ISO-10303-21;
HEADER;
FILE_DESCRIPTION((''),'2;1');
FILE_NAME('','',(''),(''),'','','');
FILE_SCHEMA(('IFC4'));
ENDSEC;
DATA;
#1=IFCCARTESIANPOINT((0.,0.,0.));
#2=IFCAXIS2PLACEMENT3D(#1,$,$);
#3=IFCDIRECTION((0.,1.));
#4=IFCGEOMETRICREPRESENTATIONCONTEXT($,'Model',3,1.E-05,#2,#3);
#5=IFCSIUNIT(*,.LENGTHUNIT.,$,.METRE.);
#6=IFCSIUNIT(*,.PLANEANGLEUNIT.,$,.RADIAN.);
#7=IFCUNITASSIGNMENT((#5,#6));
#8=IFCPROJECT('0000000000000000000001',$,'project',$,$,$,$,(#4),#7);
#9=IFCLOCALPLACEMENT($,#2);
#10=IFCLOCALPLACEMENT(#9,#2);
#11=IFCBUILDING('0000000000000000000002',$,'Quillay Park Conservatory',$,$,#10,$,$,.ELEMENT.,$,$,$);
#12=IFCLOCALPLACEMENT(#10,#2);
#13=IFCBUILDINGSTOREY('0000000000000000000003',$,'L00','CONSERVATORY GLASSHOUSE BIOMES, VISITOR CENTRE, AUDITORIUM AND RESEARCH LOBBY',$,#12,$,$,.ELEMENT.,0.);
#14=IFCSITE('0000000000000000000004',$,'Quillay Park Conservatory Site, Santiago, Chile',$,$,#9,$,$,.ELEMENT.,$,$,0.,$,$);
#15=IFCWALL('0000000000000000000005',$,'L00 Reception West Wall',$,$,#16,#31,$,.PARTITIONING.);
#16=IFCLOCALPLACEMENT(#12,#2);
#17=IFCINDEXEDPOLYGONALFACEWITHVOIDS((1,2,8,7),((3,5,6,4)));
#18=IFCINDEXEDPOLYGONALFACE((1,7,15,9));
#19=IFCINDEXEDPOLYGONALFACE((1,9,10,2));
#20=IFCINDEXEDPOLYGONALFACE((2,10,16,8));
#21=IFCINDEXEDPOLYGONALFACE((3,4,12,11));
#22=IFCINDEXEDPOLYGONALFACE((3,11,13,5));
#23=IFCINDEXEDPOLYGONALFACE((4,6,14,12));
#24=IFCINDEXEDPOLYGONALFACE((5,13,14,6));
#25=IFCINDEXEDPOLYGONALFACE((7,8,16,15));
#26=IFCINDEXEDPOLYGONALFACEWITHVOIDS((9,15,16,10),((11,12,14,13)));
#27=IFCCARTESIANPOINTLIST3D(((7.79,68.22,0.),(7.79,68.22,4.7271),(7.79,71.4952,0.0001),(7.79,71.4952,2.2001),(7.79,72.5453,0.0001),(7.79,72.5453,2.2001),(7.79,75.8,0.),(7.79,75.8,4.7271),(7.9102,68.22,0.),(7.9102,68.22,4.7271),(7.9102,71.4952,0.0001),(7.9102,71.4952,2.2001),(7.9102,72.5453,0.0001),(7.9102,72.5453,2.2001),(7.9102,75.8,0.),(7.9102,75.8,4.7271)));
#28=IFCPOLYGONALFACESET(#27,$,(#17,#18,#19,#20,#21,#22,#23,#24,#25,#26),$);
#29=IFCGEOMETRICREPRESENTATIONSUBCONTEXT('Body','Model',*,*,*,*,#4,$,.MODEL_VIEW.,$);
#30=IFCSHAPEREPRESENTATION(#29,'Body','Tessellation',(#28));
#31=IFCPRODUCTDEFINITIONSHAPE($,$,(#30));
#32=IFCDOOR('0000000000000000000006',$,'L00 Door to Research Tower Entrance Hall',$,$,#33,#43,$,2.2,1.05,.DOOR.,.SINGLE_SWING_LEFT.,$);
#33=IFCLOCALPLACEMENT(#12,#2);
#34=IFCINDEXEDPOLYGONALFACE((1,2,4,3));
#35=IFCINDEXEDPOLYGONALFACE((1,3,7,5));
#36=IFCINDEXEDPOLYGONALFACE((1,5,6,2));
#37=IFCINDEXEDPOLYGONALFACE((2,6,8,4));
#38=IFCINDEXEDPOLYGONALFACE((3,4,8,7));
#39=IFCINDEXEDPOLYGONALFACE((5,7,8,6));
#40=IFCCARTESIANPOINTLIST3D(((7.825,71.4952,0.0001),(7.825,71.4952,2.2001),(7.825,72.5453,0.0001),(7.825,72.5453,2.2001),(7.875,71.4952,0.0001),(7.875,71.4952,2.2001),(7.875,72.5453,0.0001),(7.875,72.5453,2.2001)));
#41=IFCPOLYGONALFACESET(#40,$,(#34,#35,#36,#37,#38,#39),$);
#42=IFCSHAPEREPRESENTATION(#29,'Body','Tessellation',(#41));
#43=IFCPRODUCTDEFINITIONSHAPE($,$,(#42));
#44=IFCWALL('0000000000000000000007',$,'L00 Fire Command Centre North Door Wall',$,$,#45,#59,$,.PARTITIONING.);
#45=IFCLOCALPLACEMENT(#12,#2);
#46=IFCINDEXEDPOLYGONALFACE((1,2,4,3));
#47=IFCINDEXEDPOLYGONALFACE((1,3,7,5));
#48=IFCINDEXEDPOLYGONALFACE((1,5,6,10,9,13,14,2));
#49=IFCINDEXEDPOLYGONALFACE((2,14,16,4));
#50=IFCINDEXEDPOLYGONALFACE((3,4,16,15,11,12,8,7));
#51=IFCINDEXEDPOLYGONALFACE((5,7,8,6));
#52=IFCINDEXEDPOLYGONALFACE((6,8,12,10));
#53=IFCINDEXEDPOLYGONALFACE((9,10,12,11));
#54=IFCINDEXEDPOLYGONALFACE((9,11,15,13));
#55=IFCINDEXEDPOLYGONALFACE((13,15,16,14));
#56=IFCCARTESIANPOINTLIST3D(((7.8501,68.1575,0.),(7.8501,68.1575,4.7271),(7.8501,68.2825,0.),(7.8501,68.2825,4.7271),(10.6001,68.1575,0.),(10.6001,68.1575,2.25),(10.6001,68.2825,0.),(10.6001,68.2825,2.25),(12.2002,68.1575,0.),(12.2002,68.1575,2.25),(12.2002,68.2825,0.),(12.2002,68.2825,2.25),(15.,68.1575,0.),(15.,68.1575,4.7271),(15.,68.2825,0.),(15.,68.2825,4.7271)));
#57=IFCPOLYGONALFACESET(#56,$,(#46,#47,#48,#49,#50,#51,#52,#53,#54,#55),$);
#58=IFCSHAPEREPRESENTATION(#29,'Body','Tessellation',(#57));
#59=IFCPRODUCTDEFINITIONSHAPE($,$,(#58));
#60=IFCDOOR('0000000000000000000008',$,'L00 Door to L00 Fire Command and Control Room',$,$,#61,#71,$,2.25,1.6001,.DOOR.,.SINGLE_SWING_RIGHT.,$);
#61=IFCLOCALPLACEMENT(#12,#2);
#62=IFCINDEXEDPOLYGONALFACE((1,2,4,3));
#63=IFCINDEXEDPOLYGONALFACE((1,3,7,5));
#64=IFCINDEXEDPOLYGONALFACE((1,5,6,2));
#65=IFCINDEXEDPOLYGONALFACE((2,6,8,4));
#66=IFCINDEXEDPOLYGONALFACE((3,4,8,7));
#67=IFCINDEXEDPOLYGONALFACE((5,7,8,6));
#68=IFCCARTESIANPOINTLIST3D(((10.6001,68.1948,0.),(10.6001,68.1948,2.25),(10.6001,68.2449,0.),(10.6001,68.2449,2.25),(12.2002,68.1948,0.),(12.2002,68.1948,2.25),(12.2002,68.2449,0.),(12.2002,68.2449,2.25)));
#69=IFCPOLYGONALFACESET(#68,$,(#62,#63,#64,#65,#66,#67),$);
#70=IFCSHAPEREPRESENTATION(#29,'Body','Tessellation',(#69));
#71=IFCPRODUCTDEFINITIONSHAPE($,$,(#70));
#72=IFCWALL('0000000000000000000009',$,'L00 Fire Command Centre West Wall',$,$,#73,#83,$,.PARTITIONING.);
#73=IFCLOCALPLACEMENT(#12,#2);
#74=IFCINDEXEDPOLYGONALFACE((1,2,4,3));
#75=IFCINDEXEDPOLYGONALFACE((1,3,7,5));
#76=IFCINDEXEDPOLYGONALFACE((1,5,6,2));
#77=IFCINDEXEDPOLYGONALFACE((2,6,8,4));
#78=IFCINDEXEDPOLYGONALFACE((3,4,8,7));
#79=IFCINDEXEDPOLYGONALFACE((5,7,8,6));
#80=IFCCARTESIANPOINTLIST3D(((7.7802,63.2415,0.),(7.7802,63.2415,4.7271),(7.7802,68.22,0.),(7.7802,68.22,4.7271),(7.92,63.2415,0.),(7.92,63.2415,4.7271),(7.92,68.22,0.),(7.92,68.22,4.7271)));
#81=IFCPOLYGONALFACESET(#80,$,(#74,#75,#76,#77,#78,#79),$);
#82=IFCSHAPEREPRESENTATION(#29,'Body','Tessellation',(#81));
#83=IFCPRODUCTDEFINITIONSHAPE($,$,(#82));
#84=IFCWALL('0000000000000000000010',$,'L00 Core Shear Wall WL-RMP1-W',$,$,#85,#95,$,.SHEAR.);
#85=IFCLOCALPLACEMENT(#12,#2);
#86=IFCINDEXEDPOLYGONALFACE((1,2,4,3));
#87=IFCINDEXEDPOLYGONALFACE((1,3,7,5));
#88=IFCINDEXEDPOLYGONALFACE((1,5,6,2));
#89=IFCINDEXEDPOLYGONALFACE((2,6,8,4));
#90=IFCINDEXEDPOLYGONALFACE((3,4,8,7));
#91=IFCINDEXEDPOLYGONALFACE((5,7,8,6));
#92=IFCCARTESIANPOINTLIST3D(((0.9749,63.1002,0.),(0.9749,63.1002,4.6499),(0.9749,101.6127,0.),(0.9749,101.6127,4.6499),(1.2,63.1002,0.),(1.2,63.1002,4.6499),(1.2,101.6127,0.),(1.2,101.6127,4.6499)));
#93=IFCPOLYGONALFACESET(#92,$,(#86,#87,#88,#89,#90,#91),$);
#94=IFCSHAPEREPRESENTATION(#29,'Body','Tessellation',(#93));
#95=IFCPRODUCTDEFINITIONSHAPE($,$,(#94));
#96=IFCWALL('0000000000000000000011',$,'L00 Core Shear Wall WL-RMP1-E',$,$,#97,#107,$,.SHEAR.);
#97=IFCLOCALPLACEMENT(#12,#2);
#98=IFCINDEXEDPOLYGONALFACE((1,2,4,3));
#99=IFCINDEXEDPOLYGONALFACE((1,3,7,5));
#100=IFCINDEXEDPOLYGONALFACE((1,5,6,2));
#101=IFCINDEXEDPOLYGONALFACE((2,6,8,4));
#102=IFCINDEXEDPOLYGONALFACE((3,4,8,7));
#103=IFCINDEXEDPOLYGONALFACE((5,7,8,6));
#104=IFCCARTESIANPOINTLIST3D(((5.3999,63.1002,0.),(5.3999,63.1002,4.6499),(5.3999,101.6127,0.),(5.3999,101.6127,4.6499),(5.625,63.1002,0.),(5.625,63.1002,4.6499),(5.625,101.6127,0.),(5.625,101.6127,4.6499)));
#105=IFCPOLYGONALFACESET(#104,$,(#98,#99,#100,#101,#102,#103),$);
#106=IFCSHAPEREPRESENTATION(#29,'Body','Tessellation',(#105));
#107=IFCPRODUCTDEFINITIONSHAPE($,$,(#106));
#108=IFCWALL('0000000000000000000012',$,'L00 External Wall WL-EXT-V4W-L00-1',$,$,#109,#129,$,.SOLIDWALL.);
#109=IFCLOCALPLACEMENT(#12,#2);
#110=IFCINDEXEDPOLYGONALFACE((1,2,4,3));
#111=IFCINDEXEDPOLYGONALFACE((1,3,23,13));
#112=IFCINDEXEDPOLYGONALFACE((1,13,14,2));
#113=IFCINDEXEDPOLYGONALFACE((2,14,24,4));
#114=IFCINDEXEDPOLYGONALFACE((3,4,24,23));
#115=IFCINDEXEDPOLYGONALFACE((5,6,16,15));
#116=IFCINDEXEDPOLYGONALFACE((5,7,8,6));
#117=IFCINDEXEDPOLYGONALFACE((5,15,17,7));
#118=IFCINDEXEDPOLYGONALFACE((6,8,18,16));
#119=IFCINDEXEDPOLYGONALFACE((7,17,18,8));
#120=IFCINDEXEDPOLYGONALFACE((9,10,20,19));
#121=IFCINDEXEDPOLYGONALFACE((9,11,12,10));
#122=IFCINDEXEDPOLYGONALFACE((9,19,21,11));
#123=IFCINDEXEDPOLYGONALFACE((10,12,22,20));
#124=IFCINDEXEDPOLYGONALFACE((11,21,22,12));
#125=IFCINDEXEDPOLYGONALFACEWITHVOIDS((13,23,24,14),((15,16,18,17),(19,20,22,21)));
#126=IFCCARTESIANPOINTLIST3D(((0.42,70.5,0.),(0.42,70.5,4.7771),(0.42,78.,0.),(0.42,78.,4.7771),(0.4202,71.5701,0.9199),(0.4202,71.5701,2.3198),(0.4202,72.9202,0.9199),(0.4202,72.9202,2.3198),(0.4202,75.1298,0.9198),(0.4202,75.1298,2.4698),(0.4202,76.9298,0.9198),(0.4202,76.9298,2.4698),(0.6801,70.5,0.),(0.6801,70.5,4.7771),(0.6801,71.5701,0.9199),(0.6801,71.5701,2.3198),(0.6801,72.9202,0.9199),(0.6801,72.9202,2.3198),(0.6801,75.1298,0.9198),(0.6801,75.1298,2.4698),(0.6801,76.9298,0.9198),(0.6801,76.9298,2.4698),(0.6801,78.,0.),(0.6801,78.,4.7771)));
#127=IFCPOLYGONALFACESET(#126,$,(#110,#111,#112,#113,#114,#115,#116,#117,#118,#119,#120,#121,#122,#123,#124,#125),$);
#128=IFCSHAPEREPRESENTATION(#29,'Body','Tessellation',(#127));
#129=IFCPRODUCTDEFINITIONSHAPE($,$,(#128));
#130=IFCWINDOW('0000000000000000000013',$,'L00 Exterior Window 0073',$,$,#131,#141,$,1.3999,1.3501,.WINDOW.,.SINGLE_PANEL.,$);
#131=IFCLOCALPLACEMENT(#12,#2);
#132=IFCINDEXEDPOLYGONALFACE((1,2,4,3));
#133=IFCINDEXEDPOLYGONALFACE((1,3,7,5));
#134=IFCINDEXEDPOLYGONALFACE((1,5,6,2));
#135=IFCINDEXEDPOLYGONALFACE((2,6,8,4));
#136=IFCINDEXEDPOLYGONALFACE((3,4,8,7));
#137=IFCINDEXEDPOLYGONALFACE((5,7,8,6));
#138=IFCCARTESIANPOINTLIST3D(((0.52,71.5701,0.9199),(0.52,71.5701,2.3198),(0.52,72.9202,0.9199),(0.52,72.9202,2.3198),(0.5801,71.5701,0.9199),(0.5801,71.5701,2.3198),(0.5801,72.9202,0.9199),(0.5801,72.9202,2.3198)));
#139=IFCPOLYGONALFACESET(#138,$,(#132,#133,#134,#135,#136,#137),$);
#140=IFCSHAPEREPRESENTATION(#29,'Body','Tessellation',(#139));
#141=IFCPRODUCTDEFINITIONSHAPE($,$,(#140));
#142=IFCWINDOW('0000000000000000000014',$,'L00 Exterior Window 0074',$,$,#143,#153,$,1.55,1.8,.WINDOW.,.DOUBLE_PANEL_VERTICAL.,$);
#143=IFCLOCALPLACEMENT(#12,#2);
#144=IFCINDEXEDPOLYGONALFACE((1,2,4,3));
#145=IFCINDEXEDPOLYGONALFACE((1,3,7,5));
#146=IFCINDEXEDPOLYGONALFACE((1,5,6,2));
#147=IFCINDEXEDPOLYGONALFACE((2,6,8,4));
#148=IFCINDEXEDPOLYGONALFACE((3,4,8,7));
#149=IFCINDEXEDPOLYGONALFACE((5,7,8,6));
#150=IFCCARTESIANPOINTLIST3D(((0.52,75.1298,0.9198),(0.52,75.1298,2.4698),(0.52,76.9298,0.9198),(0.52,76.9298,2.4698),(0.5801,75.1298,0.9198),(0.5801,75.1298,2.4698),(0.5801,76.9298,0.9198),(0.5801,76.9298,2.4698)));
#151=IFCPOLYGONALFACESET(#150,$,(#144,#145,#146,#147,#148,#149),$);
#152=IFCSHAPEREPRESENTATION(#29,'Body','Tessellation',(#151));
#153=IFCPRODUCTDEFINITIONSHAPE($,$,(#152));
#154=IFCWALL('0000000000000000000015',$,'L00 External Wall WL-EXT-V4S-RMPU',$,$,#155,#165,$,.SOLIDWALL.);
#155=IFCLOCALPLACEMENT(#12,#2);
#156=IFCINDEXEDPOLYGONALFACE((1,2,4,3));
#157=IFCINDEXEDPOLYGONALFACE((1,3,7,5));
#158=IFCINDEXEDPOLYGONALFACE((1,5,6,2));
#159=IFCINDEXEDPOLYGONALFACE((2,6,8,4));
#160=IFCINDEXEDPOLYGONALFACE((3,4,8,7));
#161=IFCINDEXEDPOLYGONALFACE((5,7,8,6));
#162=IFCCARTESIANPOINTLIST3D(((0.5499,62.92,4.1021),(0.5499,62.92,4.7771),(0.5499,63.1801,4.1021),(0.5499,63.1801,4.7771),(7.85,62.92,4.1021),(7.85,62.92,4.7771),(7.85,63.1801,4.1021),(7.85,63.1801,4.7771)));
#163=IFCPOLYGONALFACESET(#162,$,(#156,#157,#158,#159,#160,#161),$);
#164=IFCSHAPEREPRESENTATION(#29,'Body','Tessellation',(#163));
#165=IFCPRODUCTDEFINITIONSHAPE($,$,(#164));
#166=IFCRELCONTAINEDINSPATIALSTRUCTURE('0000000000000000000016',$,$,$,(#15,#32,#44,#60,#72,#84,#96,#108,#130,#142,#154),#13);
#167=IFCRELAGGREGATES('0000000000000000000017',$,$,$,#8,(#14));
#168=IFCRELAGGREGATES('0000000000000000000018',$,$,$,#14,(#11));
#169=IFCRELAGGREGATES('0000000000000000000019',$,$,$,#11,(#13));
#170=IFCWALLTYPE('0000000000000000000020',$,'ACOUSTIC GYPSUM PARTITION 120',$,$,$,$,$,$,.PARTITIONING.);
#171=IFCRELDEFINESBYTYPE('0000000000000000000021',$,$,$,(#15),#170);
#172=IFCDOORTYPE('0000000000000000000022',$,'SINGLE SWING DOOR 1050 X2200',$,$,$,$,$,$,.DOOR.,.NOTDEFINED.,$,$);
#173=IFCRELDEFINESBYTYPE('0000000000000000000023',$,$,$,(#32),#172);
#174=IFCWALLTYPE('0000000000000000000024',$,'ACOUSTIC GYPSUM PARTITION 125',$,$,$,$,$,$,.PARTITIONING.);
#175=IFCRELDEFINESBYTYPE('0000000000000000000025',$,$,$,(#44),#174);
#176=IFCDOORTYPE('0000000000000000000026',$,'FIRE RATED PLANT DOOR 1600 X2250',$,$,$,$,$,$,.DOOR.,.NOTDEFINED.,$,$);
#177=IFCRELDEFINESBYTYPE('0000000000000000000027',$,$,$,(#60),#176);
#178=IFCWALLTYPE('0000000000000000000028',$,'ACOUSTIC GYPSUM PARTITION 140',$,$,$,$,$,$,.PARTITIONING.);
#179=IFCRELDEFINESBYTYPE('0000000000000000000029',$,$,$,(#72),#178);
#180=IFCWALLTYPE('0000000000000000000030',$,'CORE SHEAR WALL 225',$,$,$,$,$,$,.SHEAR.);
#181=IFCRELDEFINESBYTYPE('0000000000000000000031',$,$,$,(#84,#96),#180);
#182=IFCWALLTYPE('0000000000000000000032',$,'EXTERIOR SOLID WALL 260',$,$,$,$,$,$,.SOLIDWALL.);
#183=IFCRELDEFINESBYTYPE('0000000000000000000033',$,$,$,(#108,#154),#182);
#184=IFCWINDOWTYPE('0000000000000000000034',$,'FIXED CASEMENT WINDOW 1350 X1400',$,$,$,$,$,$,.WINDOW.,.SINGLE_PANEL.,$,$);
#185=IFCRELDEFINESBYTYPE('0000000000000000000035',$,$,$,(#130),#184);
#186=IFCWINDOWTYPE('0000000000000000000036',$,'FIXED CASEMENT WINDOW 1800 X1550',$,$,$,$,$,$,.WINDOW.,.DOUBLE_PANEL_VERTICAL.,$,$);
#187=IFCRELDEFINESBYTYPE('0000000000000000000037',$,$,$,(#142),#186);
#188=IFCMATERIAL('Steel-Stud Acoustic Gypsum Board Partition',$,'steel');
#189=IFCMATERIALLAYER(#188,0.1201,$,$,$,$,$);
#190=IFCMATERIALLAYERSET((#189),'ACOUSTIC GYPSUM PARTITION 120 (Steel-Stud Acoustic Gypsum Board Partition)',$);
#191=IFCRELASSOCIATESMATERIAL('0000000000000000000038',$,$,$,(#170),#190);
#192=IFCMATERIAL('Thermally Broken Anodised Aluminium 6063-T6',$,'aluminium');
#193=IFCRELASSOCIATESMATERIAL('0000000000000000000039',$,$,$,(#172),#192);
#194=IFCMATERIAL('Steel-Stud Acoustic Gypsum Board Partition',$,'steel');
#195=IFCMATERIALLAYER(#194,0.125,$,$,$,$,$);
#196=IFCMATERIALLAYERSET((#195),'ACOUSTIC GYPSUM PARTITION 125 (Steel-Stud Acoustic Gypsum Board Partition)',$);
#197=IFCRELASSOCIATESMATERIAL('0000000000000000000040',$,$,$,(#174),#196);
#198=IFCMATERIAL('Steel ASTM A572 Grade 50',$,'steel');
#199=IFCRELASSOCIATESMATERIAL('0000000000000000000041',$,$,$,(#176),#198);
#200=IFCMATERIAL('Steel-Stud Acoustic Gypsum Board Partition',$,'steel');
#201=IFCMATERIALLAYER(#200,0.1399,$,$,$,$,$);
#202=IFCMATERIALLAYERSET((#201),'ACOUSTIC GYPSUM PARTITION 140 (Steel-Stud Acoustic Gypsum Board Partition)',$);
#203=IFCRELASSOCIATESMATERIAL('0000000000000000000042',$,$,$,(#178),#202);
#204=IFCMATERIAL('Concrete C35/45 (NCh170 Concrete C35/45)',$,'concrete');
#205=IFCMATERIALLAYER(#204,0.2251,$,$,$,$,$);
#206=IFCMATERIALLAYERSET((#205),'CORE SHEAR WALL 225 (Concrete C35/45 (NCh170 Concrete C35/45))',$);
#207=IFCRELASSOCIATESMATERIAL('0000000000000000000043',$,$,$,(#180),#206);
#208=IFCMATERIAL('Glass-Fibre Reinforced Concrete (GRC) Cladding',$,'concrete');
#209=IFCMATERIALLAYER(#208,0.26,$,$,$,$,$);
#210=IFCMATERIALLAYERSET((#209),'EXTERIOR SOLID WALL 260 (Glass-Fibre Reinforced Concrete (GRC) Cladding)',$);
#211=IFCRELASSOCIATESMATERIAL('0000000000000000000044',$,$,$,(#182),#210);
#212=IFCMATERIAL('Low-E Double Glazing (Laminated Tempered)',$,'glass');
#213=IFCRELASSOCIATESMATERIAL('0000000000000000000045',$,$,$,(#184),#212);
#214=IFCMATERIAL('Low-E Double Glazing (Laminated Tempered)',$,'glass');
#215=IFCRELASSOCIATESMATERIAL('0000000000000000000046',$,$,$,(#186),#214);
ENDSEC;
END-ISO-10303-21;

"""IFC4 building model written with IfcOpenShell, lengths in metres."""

from ifc_helpers import new_model, si_unit, direction, frame, frame_2d, origin, place, context, subcontext, project, spatial, rectangle, extrude, material, layer, layer_set, type_object, element, fill, save


model = new_model("IFC4")

# Units and contexts
model_context = context("Model", 3, precision=1e-05, world=origin(), true_north=direction((0.0, 1.0)))
body_context = subcontext(model_context, "Body", "Model", "MODEL_VIEW")
ifc_project = project(units=[si_unit("LENGTHUNIT", "METRE"), si_unit("PLANEANGLEUNIT", "RADIAN")], contexts=[model_context])

# Site, building, storey
site_placement = place(None, origin())
site = spatial("IfcSite", under=ifc_project, at=site_placement, Name="Quillay Park Conservatory Site, Santiago, Chile", CompositionType="ELEMENT", RefElevation=0.0)
building_placement = place(site_placement, origin())
building = spatial("IfcBuilding", under=site, at=building_placement, Name="Quillay Park Conservatory", CompositionType="ELEMENT")
storey_placement = place(building_placement, origin())
storey = spatial("IfcBuildingStorey", under=building, at=storey_placement, Name="L00", Description="CONSERVATORY GLASSHOUSE BIOMES, VISITOR CENTRE, AUDITORIUM AND RESEARCH LOBBY", CompositionType="ELEMENT", Elevation=0.0)

# Walls, openings, doors
ifc_material_1 = material(Name="Steel-Stud Acoustic Gypsum Board Partition", Category="steel")
ifc_layer_1 = layer(ifc_material_1, 0.1201)
ifc_layer_set_1 = layer_set([ifc_layer_1], Name="ACOUSTIC GYPSUM PARTITION 120 (Steel-Stud Acoustic Gypsum Board Partition)")
wall_type_1 = type_object("IfcWallType", Name="ACOUSTIC GYPSUM PARTITION 120", PredefinedType="PARTITIONING", material=ifc_layer_set_1)
wall_1_placement = place(storey_placement, frame((7.8501, 75.8, 0.0), z_axis=(0.0, 0.0, 1.0), x_axis=(0.0, -1.0, 0.0)))
wall_1 = element("IfcWall", 1, at=wall_1_placement, inside=storey, type_object=wall_type_1, Name="L00 Reception West Wall", PredefinedType="PARTITIONING", context=body_context, shape_type="SweptSolid", body=[
    extrude(rectangle(XDim=7.5801, YDim=0.1201, at=frame_2d((3.79, 0.0))), origin(), (0.0, 0.0, 1.0), 4.7271),
])
opening_1_placement = place(wall_1_placement, frame((3.2549, 0.0, 0.0)))
opening_1 = element("IfcOpeningElement", 2, at=opening_1_placement, cuts=wall_1, PredefinedType="OPENING", context=body_context, shape_type="SweptSolid", body=[
    extrude(rectangle(XDim=1.05, YDim=2.2, at=frame_2d((0.5249, 1.1001))), frame((0.0, 0.0601, 0.0), z_axis=(0.0, -1.0, 0.0), x_axis=(1.0, 0.0, 0.0)), (0.0, 0.0, 1.0), 0.1201),
])
ifc_material_2 = material(Name="Thermally Broken Anodised Aluminium 6063-T6", Category="aluminium")
door_type_1 = type_object("IfcDoorType", Name="SINGLE SWING DOOR 1050 X2200", OperationType="NOTDEFINED", PredefinedType="DOOR", material=ifc_material_2)
door_1_placement = place(opening_1_placement, origin())
door_1 = element("IfcDoor", 3, at=door_1_placement, inside=storey, type_object=door_type_1, Name="L00 Door to Research Tower Entrance Hall", OperationType="SINGLE_SWING_LEFT", OverallHeight=2.2, OverallWidth=1.05, PredefinedType="DOOR", context=body_context, shape_type="SweptSolid", body=[
    extrude(rectangle(XDim=1.05, YDim=2.2, at=frame_2d((0.5249, 1.1001))), frame((0.0, 0.0249, 0.0), z_axis=(0.0, -1.0, 0.0), x_axis=(1.0, 0.0, 0.0)), (0.0, 0.0, 1.0), 0.05),
])
fill(opening_1, door_1)
ifc_material_3 = material(Name="Steel-Stud Acoustic Gypsum Board Partition", Category="steel")
ifc_layer_2 = layer(ifc_material_3, 0.125)
ifc_layer_set_2 = layer_set([ifc_layer_2], Name="ACOUSTIC GYPSUM PARTITION 125 (Steel-Stud Acoustic Gypsum Board Partition)")
wall_type_2 = type_object("IfcWallType", Name="ACOUSTIC GYPSUM PARTITION 125", PredefinedType="PARTITIONING", material=ifc_layer_set_2)
wall_2_placement = place(storey_placement, frame((7.8501, 68.22, 0.0), z_axis=(0.0, 0.0, 1.0), x_axis=(1.0, 0.0, 0.0)))
wall_2 = element("IfcWall", 4, at=wall_2_placement, inside=storey, type_object=wall_type_2, Name="L00 Fire Command Centre North Door Wall", PredefinedType="PARTITIONING", context=body_context, shape_type="SweptSolid", body=[
    extrude(rectangle(XDim=7.1499, YDim=0.125, at=frame_2d((3.575, 0.0))), origin(), (0.0, 0.0, 1.0), 4.7271),
])
opening_2_placement = place(wall_2_placement, frame((2.75, 0.0, 0.0)))
opening_2 = element("IfcOpeningElement", 5, at=opening_2_placement, cuts=wall_2, PredefinedType="OPENING", context=body_context, shape_type="SweptSolid", body=[
    extrude(rectangle(XDim=1.6001, YDim=2.25, at=frame_2d((0.8, 1.125))), frame((0.0, 0.0625, 0.0), z_axis=(0.0, -1.0, 0.0), x_axis=(1.0, 0.0, 0.0)), (0.0, 0.0, 1.0), 0.125),
])
ifc_material_4 = material(Name="Steel ASTM A572 Grade 50", Category="steel")
door_type_2 = type_object("IfcDoorType", Name="FIRE RATED PLANT DOOR 1600 X2250", OperationType="NOTDEFINED", PredefinedType="DOOR", material=ifc_material_4)
door_2_placement = place(opening_2_placement, origin())
door_2 = element("IfcDoor", 6, at=door_2_placement, inside=storey, type_object=door_type_2, Name="L00 Door to L00 Fire Command and Control Room", OperationType="SINGLE_SWING_RIGHT", OverallHeight=2.25, OverallWidth=1.6001, PredefinedType="DOOR", context=body_context, shape_type="SweptSolid", body=[
    extrude(rectangle(XDim=1.6001, YDim=2.25, at=frame_2d((0.8, 1.125))), frame((0.0, 0.0249, 0.0), z_axis=(0.0, -1.0, 0.0), x_axis=(1.0, 0.0, 0.0)), (0.0, 0.0, 1.0), 0.05),
])
fill(opening_2, door_2)

# Walls
ifc_material_5 = material(Name="Steel-Stud Acoustic Gypsum Board Partition", Category="steel")
ifc_layer_3 = layer(ifc_material_5, 0.1399)
ifc_layer_set_3 = layer_set([ifc_layer_3], Name="ACOUSTIC GYPSUM PARTITION 140 (Steel-Stud Acoustic Gypsum Board Partition)")
wall_type_3 = type_object("IfcWallType", Name="ACOUSTIC GYPSUM PARTITION 140", PredefinedType="PARTITIONING", material=ifc_layer_set_3)
wall_3_placement = place(storey_placement, frame((7.8501, 63.2415, 0.0), z_axis=(0.0, 0.0, 1.0), x_axis=(0.0, 1.0, 0.0)))
element("IfcWall", 7, at=wall_3_placement, inside=storey, type_object=wall_type_3, Name="L00 Fire Command Centre West Wall", PredefinedType="PARTITIONING", context=body_context, shape_type="SweptSolid", body=[
    extrude(rectangle(XDim=4.9785, YDim=0.1399, at=frame_2d((2.4893, 0.0))), origin(), (0.0, 0.0, 1.0), 4.7271),
])
ifc_material_6 = material(Name="Concrete C35/45 (NCh170 Concrete C35/45)", Category="concrete")
ifc_layer_4 = layer(ifc_material_6, 0.2251)
ifc_layer_set_4 = layer_set([ifc_layer_4], Name="CORE SHEAR WALL 225 (Concrete C35/45 (NCh170 Concrete C35/45))")
wall_type_4 = type_object("IfcWallType", Name="CORE SHEAR WALL 225", PredefinedType="SHEAR", material=ifc_layer_set_4)
for number, where, z_axis, x_axis, name in (
    (8, (1.0874, 63.1001, 0.0), (0.0, 0.0, 1.0), (0.0, 1.0, 0.0), "L00 Core Shear Wall WL-RMP1-W"),
    (9, (5.5125, 63.1001, 0.0), (0.0, 0.0, 1.0), (0.0, 1.0, 0.0), "L00 Core Shear Wall WL-RMP1-E"),
):
    element("IfcWall", number, at=place(storey_placement, frame(where, z_axis=z_axis, x_axis=x_axis)), inside=storey, type_object=wall_type_4, Name=name, PredefinedType="SHEAR", context=body_context, shape_type="SweptSolid", body=[
        extrude(rectangle(XDim=38.5125, YDim=0.2251, at=frame_2d((19.2563, 0.0))), origin(), (0.0, 0.0, 1.0), 4.6499),
    ])

# Wall, openings, windows
ifc_material_7 = material(Name="Glass-Fibre Reinforced Concrete (GRC) Cladding", Category="concrete")
ifc_layer_5 = layer(ifc_material_7, 0.26)
ifc_layer_set_5 = layer_set([ifc_layer_5], Name="EXTERIOR SOLID WALL 260 (Glass-Fibre Reinforced Concrete (GRC) Cladding)")
wall_type_5 = type_object("IfcWallType", Name="EXTERIOR SOLID WALL 260", PredefinedType="SOLIDWALL", material=ifc_layer_set_5)
wall_4_placement = place(storey_placement, frame((0.55, 70.5, 0.0), z_axis=(0.0, 0.0, 1.0), x_axis=(0.0, 1.0, 0.0)))
wall_4 = element("IfcWall", 10, at=wall_4_placement, inside=storey, type_object=wall_type_5, Name="L00 External Wall WL-EXT-V4W-L00-1", PredefinedType="SOLIDWALL", context=body_context, shape_type="SweptSolid", body=[
    extrude(rectangle(XDim=7.5, YDim=0.26, at=frame_2d((3.75, 0.0))), origin(), (0.0, 0.0, 1.0), 4.7771),
])
opening_3_placement = place(wall_4_placement, frame((1.0701, 0.0, 0.9199)))
opening_3 = element("IfcOpeningElement", 11, at=opening_3_placement, cuts=wall_4, PredefinedType="OPENING", context=body_context, shape_type="SweptSolid", body=[
    extrude(rectangle(XDim=1.3501, YDim=1.3999, at=frame_2d((0.675, 0.7))), frame((0.0, 0.1299, 0.0), z_axis=(0.0, -1.0, 0.0), x_axis=(1.0, 0.0, 0.0)), (0.0, 0.0, 1.0), 0.26),
])
opening_4_placement = place(wall_4_placement, frame((4.6299, 0.0, 0.9199)))
opening_4 = element("IfcOpeningElement", 12, at=opening_4_placement, cuts=wall_4, PredefinedType="OPENING", context=body_context, shape_type="SweptSolid", body=[
    extrude(rectangle(XDim=1.8, YDim=1.55, at=frame_2d((0.8999, 0.7749))), frame((0.0, 0.1299, 0.0), z_axis=(0.0, -1.0, 0.0), x_axis=(1.0, 0.0, 0.0)), (0.0, 0.0, 1.0), 0.26),
])
ifc_material_8 = material(Name="Low-E Double Glazing (Laminated Tempered)", Category="glass")
window_type_1 = type_object("IfcWindowType", Name="FIXED CASEMENT WINDOW 1350 X1400", PartitioningType="SINGLE_PANEL", PredefinedType="WINDOW", material=ifc_material_8)
window_1_placement = place(opening_3_placement, origin())
window_1 = element("IfcWindow", 13, at=window_1_placement, inside=storey, type_object=window_type_1, Name="L00 Exterior Window 0073", OverallHeight=1.3999, OverallWidth=1.3501, PartitioningType="SINGLE_PANEL", PredefinedType="WINDOW", context=body_context, shape_type="SweptSolid", body=[
    extrude(rectangle(XDim=1.3501, YDim=1.3999, at=frame_2d((0.675, 0.7))), frame((0.0, 0.03, 0.0), z_axis=(0.0, -1.0, 0.0), x_axis=(1.0, 0.0, 0.0)), (0.0, 0.0, 1.0), 0.0601),
])
fill(opening_3, window_1)
ifc_material_9 = material(Name="Low-E Double Glazing (Laminated Tempered)", Category="glass")
window_type_2 = type_object("IfcWindowType", Name="FIXED CASEMENT WINDOW 1800 X1550", PartitioningType="DOUBLE_PANEL_VERTICAL", PredefinedType="WINDOW", material=ifc_material_9)
window_2_placement = place(opening_4_placement, origin())
window_2 = element("IfcWindow", 14, at=window_2_placement, inside=storey, type_object=window_type_2, Name="L00 Exterior Window 0074", OverallHeight=1.55, OverallWidth=1.8, PartitioningType="DOUBLE_PANEL_VERTICAL", PredefinedType="WINDOW", context=body_context, shape_type="SweptSolid", body=[
    extrude(rectangle(XDim=1.8, YDim=1.55, at=frame_2d((0.8999, 0.7749))), frame((0.0, 0.03, 0.0), z_axis=(0.0, -1.0, 0.0), x_axis=(1.0, 0.0, 0.0)), (0.0, 0.0, 1.0), 0.0601),
])
fill(opening_4, window_2)

# Wall
wall_5_placement = place(storey_placement, frame((0.55, 63.05, 4.1021), z_axis=(0.0, 0.0, 1.0), x_axis=(1.0, 0.0, 0.0)))
element("IfcWall", 15, at=wall_5_placement, inside=storey, type_object=wall_type_5, Name="L00 External Wall WL-EXT-V4S-RMPU", PredefinedType="SOLIDWALL", context=body_context, shape_type="SweptSolid", body=[
    extrude(rectangle(XDim=7.3, YDim=0.26, at=frame_2d((3.6499, 0.0))), origin(), (0.0, 0.0, 1.0), 0.675),
])

save(model, "model.ifc")
